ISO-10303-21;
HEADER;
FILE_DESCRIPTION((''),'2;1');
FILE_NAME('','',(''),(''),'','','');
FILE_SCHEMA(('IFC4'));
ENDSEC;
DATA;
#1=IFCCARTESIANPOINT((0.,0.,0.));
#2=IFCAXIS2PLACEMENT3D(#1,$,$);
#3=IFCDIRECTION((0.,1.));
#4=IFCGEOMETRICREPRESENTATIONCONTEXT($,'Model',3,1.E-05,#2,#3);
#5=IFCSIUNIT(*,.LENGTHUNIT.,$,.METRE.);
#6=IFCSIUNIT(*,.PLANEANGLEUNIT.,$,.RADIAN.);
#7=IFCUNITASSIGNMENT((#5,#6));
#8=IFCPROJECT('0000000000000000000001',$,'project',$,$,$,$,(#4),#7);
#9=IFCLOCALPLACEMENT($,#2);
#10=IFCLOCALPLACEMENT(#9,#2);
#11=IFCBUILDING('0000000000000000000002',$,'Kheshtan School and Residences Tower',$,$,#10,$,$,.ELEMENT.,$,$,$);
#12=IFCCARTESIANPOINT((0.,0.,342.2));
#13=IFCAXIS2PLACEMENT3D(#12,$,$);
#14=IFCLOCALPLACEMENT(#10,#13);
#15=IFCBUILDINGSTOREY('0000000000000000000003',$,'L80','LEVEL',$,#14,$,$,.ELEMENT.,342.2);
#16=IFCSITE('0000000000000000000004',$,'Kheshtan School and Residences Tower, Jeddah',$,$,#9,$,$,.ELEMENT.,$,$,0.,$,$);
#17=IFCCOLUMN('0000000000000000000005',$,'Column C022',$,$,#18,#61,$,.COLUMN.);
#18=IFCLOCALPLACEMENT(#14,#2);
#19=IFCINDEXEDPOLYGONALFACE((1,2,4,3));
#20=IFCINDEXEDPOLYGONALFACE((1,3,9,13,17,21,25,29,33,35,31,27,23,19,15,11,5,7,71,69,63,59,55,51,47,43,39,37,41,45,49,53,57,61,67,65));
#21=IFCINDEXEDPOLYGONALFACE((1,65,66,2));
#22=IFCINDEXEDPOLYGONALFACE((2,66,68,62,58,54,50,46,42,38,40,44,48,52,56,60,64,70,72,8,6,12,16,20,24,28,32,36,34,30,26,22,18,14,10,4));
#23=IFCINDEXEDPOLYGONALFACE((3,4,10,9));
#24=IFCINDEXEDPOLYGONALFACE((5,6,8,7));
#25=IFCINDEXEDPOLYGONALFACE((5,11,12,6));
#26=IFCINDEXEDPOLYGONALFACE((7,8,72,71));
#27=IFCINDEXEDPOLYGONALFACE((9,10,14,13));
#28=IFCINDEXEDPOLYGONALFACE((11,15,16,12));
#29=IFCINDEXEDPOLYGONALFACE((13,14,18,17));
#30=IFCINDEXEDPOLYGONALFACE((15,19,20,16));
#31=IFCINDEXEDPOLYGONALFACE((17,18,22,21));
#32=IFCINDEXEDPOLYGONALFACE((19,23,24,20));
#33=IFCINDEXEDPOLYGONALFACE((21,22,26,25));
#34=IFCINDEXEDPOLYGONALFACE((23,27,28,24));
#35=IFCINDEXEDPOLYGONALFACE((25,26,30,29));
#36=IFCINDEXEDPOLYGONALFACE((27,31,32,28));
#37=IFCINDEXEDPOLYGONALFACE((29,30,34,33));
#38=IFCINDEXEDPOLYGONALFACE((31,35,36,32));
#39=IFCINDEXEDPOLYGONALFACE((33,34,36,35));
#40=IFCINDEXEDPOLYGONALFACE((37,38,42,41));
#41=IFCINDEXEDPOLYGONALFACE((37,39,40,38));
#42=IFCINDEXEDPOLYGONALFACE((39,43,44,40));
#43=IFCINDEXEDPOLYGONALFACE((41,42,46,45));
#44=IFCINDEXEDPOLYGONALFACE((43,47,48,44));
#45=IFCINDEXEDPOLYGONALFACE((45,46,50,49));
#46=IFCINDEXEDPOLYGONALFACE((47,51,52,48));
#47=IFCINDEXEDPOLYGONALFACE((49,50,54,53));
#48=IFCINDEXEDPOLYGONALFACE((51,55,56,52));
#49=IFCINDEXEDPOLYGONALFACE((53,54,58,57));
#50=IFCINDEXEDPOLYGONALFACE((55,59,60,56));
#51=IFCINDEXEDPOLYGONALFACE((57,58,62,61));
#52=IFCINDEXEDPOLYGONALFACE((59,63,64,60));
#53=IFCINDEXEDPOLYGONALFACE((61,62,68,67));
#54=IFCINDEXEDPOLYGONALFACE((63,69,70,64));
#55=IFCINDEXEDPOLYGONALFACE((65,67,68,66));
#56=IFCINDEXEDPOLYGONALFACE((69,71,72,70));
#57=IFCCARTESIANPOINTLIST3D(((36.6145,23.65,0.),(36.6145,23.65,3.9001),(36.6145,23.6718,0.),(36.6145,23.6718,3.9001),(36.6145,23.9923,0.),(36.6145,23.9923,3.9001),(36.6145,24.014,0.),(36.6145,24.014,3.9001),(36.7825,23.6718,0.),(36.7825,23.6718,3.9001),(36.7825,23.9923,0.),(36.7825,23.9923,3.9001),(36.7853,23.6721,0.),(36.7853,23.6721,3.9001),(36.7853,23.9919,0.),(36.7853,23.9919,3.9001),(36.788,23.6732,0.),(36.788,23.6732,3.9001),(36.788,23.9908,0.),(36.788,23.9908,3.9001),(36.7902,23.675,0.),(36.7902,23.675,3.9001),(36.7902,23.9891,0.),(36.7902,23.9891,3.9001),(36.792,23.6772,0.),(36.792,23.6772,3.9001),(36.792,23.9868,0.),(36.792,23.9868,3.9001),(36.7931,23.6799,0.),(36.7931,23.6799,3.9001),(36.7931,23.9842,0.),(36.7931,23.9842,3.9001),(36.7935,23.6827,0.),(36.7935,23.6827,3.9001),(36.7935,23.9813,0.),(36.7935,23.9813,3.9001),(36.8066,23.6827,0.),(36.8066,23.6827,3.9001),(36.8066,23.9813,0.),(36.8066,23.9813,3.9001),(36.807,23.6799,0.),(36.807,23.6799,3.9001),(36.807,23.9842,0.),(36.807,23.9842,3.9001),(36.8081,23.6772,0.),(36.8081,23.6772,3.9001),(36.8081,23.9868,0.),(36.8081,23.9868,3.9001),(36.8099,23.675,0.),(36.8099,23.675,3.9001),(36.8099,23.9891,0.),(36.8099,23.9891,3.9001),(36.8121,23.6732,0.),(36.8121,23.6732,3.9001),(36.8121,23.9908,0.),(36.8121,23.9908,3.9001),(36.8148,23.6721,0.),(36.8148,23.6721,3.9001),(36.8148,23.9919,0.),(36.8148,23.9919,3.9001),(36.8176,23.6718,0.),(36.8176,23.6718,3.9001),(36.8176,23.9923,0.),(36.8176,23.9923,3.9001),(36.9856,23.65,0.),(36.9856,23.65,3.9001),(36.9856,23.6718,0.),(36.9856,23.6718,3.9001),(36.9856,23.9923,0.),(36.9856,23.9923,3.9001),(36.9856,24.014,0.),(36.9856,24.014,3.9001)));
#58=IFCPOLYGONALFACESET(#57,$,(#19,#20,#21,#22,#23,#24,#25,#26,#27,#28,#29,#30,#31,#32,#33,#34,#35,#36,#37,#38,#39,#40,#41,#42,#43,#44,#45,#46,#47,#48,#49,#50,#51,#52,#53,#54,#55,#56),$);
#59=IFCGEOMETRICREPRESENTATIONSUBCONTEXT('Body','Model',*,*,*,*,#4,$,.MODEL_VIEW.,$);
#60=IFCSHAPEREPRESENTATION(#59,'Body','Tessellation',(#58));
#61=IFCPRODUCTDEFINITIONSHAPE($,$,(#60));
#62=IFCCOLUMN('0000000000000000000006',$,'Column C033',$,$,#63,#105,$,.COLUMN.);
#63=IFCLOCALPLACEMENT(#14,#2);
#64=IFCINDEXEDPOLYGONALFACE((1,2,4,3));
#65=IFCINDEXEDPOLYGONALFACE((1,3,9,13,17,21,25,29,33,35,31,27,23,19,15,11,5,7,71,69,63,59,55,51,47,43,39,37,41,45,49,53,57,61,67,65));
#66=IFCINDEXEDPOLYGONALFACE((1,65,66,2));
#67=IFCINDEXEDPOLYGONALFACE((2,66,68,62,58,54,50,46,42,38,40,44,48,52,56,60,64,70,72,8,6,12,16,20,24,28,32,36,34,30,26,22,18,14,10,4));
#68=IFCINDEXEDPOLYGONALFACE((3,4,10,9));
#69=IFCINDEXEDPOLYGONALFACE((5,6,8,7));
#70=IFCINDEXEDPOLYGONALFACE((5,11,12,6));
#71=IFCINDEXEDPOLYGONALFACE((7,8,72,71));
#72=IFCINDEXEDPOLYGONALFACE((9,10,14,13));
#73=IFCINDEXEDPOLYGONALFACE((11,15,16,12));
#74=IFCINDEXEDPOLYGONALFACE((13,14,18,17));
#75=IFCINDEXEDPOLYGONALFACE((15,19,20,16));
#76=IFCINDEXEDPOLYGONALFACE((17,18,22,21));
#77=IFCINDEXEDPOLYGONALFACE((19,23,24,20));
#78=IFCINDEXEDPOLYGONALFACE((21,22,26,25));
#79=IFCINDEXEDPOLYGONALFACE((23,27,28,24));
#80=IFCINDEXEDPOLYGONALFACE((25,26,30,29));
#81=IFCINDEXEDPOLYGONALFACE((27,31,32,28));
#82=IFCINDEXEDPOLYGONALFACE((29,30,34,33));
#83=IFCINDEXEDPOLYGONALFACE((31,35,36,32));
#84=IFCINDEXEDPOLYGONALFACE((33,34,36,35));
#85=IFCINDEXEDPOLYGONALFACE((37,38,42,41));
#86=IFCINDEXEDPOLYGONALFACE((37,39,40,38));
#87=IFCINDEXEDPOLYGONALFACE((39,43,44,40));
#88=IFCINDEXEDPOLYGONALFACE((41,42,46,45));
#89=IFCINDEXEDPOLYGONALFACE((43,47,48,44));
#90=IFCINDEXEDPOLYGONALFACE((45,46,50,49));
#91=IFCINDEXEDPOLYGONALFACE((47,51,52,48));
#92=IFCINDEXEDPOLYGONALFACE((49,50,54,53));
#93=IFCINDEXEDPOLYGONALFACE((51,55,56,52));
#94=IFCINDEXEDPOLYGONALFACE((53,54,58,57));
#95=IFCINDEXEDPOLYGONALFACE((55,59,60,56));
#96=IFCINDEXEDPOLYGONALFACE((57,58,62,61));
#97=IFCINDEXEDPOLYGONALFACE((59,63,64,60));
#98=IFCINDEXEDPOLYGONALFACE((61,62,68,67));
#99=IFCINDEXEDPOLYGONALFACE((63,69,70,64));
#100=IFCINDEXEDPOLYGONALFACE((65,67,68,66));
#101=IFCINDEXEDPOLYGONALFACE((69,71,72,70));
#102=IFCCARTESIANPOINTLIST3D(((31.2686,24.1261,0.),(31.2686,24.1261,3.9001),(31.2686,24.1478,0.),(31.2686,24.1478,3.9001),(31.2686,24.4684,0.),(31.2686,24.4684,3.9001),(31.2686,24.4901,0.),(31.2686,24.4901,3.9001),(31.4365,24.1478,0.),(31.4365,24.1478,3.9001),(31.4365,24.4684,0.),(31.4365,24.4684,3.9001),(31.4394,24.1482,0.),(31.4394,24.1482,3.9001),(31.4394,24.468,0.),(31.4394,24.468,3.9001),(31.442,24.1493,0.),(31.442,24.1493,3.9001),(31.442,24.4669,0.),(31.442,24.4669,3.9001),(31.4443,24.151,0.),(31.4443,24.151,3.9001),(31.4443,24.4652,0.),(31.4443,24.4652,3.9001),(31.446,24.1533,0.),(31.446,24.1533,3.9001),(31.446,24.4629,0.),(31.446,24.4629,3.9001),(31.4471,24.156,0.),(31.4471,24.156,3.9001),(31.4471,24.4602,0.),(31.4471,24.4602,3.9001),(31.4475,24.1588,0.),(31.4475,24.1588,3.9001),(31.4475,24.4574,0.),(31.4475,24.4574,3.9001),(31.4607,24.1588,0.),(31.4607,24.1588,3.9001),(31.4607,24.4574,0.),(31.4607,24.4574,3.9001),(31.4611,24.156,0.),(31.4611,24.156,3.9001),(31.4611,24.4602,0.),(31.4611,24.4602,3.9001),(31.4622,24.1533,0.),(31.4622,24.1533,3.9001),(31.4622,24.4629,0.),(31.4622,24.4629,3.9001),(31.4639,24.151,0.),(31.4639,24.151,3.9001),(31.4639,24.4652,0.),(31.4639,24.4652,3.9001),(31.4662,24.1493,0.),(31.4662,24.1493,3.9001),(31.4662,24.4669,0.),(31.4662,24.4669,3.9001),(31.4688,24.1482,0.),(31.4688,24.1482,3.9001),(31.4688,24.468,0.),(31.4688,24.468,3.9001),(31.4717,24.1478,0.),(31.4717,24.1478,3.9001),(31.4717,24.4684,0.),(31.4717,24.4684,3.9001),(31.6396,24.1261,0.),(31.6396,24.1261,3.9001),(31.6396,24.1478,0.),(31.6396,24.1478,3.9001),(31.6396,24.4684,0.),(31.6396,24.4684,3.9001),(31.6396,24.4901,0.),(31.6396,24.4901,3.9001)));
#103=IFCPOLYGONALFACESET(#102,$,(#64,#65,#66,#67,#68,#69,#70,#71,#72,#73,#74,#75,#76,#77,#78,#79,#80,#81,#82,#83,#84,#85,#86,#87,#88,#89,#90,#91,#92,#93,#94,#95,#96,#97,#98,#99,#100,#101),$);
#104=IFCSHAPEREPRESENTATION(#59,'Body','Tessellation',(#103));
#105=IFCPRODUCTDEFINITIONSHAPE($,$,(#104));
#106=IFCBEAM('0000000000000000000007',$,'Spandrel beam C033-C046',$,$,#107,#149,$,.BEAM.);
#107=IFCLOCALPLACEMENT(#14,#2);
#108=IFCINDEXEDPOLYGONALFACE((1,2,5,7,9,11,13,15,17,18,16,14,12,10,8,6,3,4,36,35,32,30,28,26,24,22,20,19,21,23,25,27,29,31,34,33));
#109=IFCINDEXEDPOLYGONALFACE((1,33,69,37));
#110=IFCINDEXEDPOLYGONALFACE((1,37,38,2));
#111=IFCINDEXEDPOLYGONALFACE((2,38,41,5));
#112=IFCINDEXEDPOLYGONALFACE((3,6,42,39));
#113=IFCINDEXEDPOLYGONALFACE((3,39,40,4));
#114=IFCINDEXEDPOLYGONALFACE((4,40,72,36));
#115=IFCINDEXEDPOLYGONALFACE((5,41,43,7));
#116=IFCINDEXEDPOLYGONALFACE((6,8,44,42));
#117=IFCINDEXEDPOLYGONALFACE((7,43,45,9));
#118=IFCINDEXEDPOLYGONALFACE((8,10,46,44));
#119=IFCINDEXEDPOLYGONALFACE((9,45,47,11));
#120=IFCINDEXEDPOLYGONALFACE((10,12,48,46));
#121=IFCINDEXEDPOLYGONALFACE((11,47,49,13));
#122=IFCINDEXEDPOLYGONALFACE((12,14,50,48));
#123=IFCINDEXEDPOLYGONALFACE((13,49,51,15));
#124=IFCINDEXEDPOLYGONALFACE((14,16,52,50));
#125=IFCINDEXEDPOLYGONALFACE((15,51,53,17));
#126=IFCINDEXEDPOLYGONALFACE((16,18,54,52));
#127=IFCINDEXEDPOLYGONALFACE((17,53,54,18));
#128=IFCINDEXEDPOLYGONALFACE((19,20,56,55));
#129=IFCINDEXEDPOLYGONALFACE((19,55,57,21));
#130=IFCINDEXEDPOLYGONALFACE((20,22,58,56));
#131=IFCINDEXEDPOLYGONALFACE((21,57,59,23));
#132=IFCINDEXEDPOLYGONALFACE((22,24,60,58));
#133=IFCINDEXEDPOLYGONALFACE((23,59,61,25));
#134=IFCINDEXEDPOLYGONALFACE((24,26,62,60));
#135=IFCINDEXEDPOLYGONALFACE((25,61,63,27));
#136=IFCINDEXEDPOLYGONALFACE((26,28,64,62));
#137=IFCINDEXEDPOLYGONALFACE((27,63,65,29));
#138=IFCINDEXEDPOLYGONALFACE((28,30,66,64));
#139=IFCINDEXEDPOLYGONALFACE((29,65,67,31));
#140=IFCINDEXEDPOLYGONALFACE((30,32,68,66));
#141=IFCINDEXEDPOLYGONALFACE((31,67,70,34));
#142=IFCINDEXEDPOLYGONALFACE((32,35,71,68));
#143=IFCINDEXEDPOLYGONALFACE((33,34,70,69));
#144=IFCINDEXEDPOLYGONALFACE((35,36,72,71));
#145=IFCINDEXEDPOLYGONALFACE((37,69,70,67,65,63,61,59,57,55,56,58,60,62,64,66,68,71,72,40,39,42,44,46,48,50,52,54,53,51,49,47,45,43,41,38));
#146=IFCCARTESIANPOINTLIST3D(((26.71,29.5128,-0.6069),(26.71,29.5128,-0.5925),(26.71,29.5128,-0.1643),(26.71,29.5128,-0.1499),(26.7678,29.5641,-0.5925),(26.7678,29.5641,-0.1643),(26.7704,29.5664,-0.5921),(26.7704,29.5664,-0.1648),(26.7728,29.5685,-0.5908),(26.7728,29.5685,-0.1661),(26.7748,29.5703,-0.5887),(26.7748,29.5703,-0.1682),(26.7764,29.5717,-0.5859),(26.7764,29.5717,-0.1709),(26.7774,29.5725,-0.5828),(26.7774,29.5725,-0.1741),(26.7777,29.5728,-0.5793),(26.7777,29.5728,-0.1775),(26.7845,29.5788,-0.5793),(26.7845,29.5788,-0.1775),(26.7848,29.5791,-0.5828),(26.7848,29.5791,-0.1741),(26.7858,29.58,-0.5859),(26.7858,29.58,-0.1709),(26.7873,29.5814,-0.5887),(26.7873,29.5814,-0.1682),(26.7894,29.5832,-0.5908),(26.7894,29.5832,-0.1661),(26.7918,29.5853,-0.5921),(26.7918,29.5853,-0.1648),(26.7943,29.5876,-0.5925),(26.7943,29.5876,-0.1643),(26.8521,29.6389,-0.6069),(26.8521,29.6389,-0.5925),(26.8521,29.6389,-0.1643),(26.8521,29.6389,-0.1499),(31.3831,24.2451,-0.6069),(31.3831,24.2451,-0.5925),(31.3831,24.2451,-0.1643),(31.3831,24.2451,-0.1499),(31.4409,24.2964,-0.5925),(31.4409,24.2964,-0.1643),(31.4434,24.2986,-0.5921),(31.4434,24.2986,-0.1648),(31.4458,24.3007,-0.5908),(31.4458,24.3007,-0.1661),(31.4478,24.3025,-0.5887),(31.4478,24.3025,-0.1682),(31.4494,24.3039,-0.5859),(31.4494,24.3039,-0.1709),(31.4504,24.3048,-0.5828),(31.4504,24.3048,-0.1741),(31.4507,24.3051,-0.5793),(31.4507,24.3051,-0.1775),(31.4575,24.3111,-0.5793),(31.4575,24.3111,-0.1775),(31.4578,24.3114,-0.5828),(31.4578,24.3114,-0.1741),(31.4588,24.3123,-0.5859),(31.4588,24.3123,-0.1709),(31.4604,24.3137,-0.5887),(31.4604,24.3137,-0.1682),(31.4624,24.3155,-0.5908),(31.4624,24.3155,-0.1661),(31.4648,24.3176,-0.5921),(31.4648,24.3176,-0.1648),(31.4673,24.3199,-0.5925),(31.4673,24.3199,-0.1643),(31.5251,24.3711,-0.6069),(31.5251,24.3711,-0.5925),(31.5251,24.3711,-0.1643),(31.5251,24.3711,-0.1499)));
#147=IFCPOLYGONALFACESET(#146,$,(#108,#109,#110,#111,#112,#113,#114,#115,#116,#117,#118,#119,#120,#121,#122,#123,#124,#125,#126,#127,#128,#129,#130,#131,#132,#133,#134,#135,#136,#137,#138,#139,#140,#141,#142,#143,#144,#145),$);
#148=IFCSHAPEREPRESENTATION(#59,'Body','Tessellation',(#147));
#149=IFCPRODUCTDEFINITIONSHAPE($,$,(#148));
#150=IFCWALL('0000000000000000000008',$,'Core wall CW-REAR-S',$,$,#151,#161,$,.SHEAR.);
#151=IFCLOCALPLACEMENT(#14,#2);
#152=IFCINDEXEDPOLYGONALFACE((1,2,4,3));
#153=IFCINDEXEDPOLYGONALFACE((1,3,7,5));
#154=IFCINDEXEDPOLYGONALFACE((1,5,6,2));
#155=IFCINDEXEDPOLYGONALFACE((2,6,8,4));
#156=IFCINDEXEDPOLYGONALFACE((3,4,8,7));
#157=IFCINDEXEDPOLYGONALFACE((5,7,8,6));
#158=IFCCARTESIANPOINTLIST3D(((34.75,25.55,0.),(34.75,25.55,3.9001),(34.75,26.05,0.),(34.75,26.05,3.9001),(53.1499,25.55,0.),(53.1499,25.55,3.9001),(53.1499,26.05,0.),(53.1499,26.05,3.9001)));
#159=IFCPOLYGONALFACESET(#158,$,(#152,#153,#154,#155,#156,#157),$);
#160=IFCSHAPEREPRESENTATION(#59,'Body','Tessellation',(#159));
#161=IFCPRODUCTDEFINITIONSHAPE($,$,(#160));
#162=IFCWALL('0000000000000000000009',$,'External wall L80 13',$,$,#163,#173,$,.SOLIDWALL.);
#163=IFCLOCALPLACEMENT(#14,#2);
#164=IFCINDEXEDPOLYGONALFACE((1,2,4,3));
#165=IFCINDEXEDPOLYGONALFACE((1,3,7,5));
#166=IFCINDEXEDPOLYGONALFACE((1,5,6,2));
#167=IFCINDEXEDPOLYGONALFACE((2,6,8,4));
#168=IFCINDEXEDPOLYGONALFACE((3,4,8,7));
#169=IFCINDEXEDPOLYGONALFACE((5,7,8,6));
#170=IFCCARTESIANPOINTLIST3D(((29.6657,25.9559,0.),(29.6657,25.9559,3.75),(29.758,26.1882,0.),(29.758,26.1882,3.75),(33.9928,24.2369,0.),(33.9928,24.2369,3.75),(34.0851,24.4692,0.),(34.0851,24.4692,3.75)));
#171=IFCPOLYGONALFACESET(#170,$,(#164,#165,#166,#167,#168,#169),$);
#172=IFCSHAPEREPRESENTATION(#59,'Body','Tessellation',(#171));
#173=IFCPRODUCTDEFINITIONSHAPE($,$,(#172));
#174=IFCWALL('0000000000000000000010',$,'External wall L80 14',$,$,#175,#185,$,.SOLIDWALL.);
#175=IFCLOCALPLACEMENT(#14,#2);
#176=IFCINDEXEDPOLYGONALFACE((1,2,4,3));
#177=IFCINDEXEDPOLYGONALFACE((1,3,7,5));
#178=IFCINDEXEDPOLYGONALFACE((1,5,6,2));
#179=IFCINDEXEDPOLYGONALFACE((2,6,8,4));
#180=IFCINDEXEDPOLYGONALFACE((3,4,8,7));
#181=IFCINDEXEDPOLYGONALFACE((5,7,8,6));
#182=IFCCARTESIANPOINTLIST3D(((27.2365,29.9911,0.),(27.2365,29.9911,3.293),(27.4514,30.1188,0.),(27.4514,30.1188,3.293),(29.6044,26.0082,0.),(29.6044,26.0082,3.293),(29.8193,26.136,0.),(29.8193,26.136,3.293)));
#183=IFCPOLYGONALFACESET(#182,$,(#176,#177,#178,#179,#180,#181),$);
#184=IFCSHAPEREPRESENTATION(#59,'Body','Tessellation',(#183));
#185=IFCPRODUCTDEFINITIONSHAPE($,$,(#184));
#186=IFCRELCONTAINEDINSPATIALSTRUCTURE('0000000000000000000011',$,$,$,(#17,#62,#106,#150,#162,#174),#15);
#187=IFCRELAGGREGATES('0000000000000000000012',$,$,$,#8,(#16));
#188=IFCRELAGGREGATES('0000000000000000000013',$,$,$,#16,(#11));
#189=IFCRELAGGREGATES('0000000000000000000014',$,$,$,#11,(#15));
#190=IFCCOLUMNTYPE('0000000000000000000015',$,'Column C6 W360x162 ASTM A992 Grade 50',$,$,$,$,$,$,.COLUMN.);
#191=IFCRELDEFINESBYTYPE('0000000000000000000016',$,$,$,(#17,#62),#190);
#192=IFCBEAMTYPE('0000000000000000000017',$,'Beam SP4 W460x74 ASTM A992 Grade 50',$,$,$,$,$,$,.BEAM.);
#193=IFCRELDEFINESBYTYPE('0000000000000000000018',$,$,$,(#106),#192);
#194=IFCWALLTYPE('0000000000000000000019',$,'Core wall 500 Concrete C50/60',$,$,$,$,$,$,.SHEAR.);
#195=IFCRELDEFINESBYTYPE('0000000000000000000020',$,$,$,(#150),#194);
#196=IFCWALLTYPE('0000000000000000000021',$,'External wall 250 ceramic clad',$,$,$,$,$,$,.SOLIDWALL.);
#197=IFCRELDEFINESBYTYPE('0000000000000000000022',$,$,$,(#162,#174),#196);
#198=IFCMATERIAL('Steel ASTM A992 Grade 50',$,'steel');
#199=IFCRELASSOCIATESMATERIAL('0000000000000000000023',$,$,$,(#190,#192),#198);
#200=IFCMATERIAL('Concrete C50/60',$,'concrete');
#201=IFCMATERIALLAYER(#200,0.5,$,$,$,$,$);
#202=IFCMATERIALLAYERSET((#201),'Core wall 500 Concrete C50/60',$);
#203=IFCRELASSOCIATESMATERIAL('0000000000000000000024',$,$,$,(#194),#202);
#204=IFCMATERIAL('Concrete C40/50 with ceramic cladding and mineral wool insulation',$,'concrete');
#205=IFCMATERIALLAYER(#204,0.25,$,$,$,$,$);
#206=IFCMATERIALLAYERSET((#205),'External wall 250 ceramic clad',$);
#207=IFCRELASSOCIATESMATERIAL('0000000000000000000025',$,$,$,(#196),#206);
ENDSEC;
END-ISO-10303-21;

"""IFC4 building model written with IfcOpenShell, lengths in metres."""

from ifc_helpers import new_model, si_unit, direction, frame, frame_2d, origin, origin_2d, place, context, subcontext, project, spatial, rectangle, i_section, extrude, material, layer, layer_set, material_profile, profile_set, type_object, element, save


model = new_model("IFC4")

# Units and contexts
model_context = context("Model", 3, precision=1e-05, world=origin(), true_north=direction((0.0, 1.0)))
body_context = subcontext(model_context, "Body", "Model", "MODEL_VIEW")
ifc_project = project(units=[si_unit("LENGTHUNIT", "METRE"), si_unit("PLANEANGLEUNIT", "RADIAN")], contexts=[model_context])

# Site, building, storey
site_placement = place(None, origin())
site = spatial("IfcSite", under=ifc_project, at=site_placement, Name="Kheshtan School and Residences Tower, Jeddah", CompositionType="ELEMENT", RefElevation=0.0)
building_placement = place(site_placement, origin())
building = spatial("IfcBuilding", under=site, at=building_placement, Name="Kheshtan School and Residences Tower", CompositionType="ELEMENT")
storey_placement = place(building_placement, frame((0.0, 0.0, 342.2)))
storey = spatial("IfcBuildingStorey", under=building, at=storey_placement, Name="L80", Description="LEVEL", CompositionType="ELEMENT", Elevation=342.2)

# Columns
ifc_material_1 = material(Name="Steel ASTM A992 Grade 50", Category="steel")
ifc_material_profile_1 = material_profile(ifc_material_1, i_section(OverallWidth=0.3711, OverallDepth=0.364, WebThickness=0.0132, FlangeThickness=0.0217, FilletRadius=0.011, at=origin_2d()), Name="W360x162")
ifc_profile_set_1 = profile_set([ifc_material_profile_1], Name="Steel ASTM A992 Grade 50")
column_type = type_object("IfcColumnType", Name="Column C6 W360x162 ASTM A992 Grade 50", PredefinedType="COLUMN", material=ifc_profile_set_1)
for number, where, z_axis, x_axis, name in (
    (1, (36.8, 23.832, 0.0), (0.0, 0.0, 1.0), (1.0, 0.0, 0.0), "Column C022"),
    (2, (31.4541, 24.3081, 0.0), (0.0, 0.0, 1.0), (1.0, 0.0, 0.0), "Column C033"),
):
    element("IfcColumn", number, at=place(storey_placement, frame(where, z_axis=z_axis, x_axis=x_axis)), inside=storey, type_object=column_type, Name=name, PredefinedType="COLUMN", context=body_context, shape_type="SweptSolid", body=[
        extrude(i_section(OverallWidth=0.3711, OverallDepth=0.364, WebThickness=0.0132, FlangeThickness=0.0217, FilletRadius=0.011, at=origin_2d()), origin(), (0.0, 0.0, 1.0), 3.9001),
    ])

# Beam
ifc_material_profile_2 = material_profile(ifc_material_1, i_section(OverallWidth=0.1899, OverallDepth=0.457, WebThickness=0.009, FlangeThickness=0.0144, FilletRadius=0.0132, at=origin_2d()), Name="W460x74")
ifc_profile_set_2 = profile_set([ifc_material_profile_2], Name="Steel ASTM A992 Grade 50")
beam_type = type_object("IfcBeamType", Name="Beam SP4 W460x74 ASTM A992 Grade 50", PredefinedType="BEAM", material=ifc_profile_set_2)
beam_placement = place(storey_placement, frame((31.4541, 24.3081, -0.3784), z_axis=(-0.663617, 0.748073, 0.0), x_axis=(-0.748073, -0.663617, 0.0)))
element("IfcBeam", 3, at=beam_placement, inside=storey, type_object=beam_type, Name="Spandrel beam C033-C046", PredefinedType="BEAM", context=body_context, shape_type="SweptSolid", body=[
    extrude(i_section(OverallWidth=0.1899, OverallDepth=0.457, WebThickness=0.009, FlangeThickness=0.0144, FilletRadius=0.0132, at=origin_2d()), origin(), (0.0, 0.0, 1.0), 7.0417),
])

# Walls
ifc_material_2 = material(Name="Concrete C50/60", Category="concrete")
ifc_layer_1 = layer(ifc_material_2, 0.5)
ifc_layer_set_1 = layer_set([ifc_layer_1], Name="Core wall 500 Concrete C50/60")
wall_type_1 = type_object("IfcWallType", Name="Core wall 500 Concrete C50/60", PredefinedType="SHEAR", material=ifc_layer_set_1)
wall_1_placement = place(storey_placement, frame((34.75, 25.8, 0.0), z_axis=(0.0, 0.0, 1.0), x_axis=(1.0, 0.0, 0.0)))
element("IfcWall", 4, at=wall_1_placement, inside=storey, type_object=wall_type_1, Name="Core wall CW-REAR-S", PredefinedType="SHEAR", context=body_context, shape_type="SweptSolid", body=[
    extrude(rectangle(XDim=18.3999, YDim=0.5, at=frame_2d((9.2, 0.0))), origin(), (0.0, 0.0, 1.0), 3.9001),
])
ifc_material_3 = material(Name="Concrete C40/50 with ceramic cladding and mineral wool insulation", Category="concrete")
ifc_layer_2 = layer(ifc_material_3, 0.25)
ifc_layer_set_2 = layer_set([ifc_layer_2], Name="External wall 250 ceramic clad")
wall_type_2 = type_object("IfcWallType", Name="External wall 250 ceramic clad", PredefinedType="SOLIDWALL", material=ifc_layer_set_2)
wall_2_placement = place(storey_placement, frame((34.0391, 24.353, 0.0), z_axis=(0.0, 0.0, 1.0), x_axis=(-0.929353, 0.369193, 0.0)))
element("IfcWall", 5, at=wall_2_placement, inside=storey, type_object=wall_type_2, Name="External wall L80 13", PredefinedType="SOLIDWALL", context=body_context, shape_type="SweptSolid", body=[
    extrude(rectangle(XDim=4.656, YDim=0.25, at=frame_2d((2.3281, 0.0))), origin(), (0.0, 0.0, 1.0), 3.75),
])
wall_3_placement = place(storey_placement, frame((29.7119, 26.072, 0.0), z_axis=(0.0, 0.0, 1.0), x_axis=(-0.511028, 0.859564, 0.0)))
element("IfcWall", 6, at=wall_3_placement, inside=storey, type_object=wall_type_2, Name="External wall L80 14", PredefinedType="SOLIDWALL", context=body_context, shape_type="SweptSolid", body=[
    extrude(rectangle(XDim=4.6335, YDim=0.25, at=frame_2d((2.3169, 0.0))), origin(), (0.0, 0.0, 1.0), 3.293),
])

save(model, "model.ifc")
